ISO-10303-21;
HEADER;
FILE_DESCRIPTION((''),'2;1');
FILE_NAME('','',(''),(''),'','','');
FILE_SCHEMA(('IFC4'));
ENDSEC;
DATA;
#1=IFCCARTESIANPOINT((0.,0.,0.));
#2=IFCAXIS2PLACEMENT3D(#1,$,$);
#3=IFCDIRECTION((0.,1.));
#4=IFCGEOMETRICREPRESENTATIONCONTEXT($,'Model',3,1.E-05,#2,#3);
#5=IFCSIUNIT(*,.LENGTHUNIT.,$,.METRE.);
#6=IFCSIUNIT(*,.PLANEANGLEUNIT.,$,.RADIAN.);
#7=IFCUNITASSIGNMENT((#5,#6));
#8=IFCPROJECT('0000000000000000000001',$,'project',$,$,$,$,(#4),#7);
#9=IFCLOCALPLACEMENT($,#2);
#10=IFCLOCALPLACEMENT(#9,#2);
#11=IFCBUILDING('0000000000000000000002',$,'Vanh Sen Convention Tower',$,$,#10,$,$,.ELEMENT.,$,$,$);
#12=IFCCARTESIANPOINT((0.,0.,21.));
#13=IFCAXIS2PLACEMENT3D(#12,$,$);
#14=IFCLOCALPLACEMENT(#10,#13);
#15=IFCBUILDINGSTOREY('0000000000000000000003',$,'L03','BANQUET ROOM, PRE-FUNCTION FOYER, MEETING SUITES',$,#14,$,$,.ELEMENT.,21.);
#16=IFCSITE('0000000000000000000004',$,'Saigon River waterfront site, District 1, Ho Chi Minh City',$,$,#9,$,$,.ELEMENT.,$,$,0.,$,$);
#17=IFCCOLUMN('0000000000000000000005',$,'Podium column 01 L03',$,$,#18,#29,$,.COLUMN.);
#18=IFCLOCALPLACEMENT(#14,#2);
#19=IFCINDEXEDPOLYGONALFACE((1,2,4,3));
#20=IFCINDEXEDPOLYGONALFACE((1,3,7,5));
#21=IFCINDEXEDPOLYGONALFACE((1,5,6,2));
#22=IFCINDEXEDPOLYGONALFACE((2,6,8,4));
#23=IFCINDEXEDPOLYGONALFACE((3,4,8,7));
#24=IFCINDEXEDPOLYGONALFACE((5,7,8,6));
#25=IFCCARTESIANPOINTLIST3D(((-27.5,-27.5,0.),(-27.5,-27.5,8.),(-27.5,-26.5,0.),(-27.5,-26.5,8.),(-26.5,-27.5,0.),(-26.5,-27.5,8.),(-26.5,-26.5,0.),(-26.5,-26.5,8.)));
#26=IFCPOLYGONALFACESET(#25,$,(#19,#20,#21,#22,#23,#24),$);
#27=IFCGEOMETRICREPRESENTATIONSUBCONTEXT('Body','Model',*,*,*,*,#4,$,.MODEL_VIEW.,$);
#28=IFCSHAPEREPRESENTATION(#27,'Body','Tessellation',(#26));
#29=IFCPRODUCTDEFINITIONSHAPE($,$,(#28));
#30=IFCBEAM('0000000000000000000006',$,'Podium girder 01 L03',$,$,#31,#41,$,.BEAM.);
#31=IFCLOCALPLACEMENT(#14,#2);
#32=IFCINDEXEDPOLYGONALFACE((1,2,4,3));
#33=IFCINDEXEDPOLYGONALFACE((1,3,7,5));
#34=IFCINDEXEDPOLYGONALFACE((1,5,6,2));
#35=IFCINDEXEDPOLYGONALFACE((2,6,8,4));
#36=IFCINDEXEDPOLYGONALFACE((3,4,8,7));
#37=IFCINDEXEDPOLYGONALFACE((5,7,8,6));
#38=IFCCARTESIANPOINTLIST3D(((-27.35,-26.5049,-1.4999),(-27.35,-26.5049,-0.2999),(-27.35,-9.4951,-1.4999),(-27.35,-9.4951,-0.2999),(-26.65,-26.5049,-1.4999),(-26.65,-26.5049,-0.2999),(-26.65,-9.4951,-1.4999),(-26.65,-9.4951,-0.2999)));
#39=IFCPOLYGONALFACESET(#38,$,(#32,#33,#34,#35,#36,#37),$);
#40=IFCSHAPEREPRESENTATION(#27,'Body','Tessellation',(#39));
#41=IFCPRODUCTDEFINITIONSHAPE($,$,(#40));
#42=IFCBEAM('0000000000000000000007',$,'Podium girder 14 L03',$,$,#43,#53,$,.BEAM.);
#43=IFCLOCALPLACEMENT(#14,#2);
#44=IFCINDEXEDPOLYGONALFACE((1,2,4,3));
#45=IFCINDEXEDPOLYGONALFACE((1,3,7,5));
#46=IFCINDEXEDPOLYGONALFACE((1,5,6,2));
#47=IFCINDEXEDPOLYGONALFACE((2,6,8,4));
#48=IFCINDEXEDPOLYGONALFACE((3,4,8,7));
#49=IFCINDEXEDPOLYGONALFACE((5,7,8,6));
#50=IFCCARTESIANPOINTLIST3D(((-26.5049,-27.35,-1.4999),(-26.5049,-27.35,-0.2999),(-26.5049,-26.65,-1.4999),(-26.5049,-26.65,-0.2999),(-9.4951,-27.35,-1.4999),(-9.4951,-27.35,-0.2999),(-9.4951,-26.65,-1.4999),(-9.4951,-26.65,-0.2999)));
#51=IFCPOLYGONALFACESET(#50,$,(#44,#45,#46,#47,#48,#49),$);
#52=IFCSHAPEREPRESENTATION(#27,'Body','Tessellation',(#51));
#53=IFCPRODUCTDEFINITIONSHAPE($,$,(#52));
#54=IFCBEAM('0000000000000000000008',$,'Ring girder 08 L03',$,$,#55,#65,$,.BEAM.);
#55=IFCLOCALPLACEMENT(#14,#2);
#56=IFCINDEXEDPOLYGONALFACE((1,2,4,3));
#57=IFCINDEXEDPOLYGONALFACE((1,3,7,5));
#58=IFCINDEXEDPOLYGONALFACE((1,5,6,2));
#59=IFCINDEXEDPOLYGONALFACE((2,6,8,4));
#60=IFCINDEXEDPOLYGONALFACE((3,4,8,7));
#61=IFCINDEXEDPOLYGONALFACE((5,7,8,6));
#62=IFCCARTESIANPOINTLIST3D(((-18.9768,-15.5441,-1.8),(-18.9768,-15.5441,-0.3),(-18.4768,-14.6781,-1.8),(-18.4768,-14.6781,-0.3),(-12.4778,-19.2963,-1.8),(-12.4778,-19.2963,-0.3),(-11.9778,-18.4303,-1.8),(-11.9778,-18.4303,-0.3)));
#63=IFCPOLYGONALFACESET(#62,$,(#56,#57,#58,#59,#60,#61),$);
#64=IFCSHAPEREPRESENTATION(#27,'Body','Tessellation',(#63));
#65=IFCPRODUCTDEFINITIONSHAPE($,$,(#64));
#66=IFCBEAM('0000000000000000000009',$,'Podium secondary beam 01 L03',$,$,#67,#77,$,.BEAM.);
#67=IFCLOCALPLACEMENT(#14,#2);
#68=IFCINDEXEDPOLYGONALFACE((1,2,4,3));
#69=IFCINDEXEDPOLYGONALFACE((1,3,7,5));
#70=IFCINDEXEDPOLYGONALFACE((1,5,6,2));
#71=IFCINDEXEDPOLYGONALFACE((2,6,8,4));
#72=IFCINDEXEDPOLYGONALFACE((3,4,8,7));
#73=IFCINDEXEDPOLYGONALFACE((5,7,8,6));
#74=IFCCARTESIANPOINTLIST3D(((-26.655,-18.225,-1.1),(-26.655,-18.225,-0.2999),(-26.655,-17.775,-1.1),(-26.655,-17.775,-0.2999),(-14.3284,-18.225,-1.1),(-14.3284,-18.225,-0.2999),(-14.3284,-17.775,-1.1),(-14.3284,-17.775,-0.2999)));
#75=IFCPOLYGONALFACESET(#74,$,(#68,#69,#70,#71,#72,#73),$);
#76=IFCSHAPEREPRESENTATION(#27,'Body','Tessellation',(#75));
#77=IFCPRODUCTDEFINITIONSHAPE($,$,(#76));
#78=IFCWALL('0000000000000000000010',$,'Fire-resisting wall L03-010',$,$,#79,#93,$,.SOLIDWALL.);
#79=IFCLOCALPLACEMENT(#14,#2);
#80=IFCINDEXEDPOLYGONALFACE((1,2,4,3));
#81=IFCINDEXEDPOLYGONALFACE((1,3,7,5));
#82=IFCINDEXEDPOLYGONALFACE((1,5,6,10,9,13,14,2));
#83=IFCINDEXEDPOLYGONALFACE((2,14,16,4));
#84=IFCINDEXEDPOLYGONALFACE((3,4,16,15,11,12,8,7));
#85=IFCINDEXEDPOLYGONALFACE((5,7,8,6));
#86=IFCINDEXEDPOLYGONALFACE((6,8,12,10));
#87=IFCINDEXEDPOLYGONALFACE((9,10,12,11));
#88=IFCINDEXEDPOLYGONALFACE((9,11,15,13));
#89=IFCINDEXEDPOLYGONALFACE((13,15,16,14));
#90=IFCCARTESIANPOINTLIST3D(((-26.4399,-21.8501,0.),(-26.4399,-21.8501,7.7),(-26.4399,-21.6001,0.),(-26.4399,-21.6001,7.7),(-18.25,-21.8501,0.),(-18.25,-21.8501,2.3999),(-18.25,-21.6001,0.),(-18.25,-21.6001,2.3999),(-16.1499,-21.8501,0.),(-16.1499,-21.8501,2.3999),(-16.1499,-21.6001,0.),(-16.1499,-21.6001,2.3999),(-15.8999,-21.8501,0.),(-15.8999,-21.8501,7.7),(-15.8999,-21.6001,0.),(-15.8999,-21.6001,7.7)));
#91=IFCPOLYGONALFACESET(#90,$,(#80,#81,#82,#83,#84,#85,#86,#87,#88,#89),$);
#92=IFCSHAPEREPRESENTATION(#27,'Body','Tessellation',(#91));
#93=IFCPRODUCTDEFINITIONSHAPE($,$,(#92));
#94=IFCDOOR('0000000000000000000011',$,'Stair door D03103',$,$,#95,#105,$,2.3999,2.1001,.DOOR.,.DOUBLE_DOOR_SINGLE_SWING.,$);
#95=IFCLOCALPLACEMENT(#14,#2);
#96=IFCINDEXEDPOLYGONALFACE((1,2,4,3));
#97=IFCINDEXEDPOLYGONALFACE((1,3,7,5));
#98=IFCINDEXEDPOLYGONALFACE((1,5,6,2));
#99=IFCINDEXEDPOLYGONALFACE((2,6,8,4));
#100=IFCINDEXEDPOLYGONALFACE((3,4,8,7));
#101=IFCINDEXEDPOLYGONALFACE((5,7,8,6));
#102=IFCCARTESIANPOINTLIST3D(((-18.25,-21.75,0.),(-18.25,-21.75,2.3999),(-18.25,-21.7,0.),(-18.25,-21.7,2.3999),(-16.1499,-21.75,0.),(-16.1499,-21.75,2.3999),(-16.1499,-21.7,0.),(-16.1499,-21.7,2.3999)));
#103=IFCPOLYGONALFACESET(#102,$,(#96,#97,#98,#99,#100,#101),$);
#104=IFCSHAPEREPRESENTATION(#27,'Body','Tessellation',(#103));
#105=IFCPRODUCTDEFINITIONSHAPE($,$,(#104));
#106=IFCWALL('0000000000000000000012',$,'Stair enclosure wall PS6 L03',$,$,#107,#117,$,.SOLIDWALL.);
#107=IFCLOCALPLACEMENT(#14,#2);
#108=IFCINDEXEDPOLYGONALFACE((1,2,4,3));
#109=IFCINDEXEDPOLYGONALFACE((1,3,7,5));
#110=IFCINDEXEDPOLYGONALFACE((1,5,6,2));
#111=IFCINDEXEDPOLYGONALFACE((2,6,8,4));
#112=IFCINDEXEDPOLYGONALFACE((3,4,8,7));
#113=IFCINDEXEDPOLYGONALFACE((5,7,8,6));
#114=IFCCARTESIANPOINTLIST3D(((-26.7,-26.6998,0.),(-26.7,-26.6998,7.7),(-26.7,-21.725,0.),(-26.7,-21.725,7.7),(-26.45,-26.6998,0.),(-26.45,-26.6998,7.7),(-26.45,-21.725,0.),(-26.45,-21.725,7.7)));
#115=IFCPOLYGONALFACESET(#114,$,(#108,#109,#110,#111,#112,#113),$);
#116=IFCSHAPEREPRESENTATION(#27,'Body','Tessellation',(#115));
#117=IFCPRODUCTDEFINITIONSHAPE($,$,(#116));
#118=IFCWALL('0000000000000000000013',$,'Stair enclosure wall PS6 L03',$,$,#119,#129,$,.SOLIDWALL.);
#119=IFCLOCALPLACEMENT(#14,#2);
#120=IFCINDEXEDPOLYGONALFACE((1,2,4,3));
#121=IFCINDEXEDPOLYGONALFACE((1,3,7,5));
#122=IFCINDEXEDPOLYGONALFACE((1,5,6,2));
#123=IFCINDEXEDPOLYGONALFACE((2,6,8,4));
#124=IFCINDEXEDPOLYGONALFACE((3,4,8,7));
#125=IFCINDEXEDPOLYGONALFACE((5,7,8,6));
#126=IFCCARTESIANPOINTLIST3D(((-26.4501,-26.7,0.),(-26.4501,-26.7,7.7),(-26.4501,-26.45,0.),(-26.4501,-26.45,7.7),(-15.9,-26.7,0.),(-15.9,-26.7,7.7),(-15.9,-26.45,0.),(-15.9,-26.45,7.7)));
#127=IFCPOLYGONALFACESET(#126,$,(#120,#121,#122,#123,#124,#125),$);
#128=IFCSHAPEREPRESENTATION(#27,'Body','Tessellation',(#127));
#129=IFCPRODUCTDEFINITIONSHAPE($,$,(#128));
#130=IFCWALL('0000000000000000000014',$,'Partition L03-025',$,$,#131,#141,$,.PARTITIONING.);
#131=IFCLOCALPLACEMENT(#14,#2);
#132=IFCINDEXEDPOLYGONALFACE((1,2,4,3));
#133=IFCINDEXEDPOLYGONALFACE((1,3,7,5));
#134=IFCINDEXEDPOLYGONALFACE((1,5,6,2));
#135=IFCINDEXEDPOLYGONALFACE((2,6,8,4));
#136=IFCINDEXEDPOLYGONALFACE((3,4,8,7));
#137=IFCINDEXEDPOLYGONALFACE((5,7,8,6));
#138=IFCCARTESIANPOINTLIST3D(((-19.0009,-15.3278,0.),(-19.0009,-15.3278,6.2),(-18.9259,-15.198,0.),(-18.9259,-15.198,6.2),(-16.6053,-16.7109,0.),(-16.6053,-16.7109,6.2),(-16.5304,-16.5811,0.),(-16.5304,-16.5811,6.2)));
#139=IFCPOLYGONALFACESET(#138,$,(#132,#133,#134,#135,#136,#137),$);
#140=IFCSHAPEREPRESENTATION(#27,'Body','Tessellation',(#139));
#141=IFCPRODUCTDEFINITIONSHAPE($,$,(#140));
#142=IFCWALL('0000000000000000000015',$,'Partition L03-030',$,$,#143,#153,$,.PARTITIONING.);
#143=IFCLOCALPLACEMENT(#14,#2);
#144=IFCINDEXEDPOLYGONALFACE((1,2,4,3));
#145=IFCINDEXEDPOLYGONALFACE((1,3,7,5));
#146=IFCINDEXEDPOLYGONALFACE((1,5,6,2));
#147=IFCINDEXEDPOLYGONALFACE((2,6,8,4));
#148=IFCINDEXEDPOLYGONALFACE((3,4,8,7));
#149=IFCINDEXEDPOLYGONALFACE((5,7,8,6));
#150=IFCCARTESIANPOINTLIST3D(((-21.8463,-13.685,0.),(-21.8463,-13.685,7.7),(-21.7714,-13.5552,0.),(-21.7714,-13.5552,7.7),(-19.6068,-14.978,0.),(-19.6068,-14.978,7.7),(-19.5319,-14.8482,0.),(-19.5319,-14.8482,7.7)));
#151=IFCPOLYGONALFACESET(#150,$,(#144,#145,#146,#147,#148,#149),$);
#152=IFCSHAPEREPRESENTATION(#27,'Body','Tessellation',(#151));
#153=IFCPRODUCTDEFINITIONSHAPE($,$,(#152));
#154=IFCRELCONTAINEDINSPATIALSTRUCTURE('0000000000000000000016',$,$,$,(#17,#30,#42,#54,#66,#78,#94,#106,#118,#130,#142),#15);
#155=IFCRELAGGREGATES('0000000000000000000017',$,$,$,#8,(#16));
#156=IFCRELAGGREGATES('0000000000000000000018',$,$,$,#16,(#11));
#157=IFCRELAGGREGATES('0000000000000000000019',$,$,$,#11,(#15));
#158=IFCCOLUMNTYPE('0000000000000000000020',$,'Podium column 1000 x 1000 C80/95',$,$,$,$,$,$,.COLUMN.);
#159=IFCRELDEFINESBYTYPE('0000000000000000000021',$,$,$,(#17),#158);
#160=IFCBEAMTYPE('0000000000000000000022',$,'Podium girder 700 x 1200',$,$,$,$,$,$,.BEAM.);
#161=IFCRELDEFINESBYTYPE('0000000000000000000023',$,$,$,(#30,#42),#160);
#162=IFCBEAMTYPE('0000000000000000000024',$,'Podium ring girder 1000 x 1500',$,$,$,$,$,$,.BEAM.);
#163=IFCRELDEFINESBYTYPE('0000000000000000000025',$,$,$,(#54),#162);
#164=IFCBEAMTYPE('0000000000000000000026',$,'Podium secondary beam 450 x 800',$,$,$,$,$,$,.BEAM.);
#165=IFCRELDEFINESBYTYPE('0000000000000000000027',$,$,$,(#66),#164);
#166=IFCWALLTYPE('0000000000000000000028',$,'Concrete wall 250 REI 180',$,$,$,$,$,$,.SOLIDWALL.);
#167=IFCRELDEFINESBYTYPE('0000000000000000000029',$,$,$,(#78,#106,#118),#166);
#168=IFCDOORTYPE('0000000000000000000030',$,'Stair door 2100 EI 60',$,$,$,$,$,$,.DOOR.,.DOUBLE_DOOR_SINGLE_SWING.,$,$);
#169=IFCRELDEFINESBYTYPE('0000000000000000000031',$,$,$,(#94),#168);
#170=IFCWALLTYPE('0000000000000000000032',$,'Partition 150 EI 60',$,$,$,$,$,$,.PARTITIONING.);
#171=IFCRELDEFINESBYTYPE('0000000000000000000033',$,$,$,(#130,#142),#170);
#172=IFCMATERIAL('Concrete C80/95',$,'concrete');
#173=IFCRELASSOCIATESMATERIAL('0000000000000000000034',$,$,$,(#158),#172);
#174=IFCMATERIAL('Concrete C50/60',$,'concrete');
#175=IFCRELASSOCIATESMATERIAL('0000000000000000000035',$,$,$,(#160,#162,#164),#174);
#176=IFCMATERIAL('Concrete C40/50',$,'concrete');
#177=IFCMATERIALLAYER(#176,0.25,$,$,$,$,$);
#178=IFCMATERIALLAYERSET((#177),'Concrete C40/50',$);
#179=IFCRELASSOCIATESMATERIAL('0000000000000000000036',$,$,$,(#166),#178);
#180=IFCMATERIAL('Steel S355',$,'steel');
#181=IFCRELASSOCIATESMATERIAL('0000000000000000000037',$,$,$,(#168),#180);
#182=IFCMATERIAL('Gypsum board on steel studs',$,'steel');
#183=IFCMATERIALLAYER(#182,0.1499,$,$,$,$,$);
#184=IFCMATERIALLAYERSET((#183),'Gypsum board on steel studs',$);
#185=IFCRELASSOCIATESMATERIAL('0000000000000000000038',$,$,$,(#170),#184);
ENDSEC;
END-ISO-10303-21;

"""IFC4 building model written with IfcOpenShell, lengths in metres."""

from ifc_helpers import new_model, si_unit, direction, frame, frame_2d, origin, origin_2d, place, context, subcontext, project, spatial, rectangle, extrude, material, layer, layer_set, material_profile, profile_set, type_object, element, fill, save


model = new_model("IFC4")

# Units and contexts
model_context = context("Model", 3, precision=1e-05, world=origin(), true_north=direction((0.0, 1.0)))
body_context = subcontext(model_context, "Body", "Model", "MODEL_VIEW")
ifc_project = project(units=[si_unit("LENGTHUNIT", "METRE"), si_unit("PLANEANGLEUNIT", "RADIAN")], contexts=[model_context])

# Site, building, storey
site_placement = place(None, origin())
site = spatial("IfcSite", under=ifc_project, at=site_placement, Name="Saigon River waterfront site, District 1, Ho Chi Minh City", CompositionType="ELEMENT", RefElevation=0.0)
building_placement = place(site_placement, origin())
building = spatial("IfcBuilding", under=site, at=building_placement, Name="Vanh Sen Convention Tower", CompositionType="ELEMENT")
storey_placement = place(building_placement, frame((0.0, 0.0, 21.0)))
storey = spatial("IfcBuildingStorey", under=building, at=storey_placement, Name="L03", Description="BANQUET ROOM, PRE-FUNCTION FOYER, MEETING SUITES", CompositionType="ELEMENT", Elevation=21.0)

# Column
ifc_material_1 = material(Name="Concrete C80/95", Category="concrete")
ifc_material_profile_1 = material_profile(ifc_material_1, rectangle(XDim=1.0, YDim=1.0, at=origin_2d()), Name="RC 1000X1000")
ifc_profile_set_1 = profile_set([ifc_material_profile_1], Name="Concrete C80/95")
column_type = type_object("IfcColumnType", Name="Podium column 1000 x 1000 C80/95", PredefinedType="COLUMN", material=ifc_profile_set_1)
column_placement = place(storey_placement, frame((-27.0, -27.0, 0.0), z_axis=(0.0, 0.0, 1.0), x_axis=(1.0, 0.0, 0.0)))
element("IfcColumn", 1, at=column_placement, inside=storey, type_object=column_type, Name="Podium column 01 L03", PredefinedType="COLUMN", context=body_context, shape_type="SweptSolid", body=[
    extrude(rectangle(XDim=1.0, YDim=1.0, at=origin_2d()), origin(), (0.0, 0.0, 1.0), 8.0),
])

# Beams
ifc_material_2 = material(Name="Concrete C50/60", Category="concrete")
ifc_material_profile_2 = material_profile(ifc_material_2, rectangle(XDim=0.7, YDim=1.2, at=origin_2d()), Name="RC 700X1200")
ifc_profile_set_2 = profile_set([ifc_material_profile_2], Name="Concrete C50/60")
beam_type_1 = type_object("IfcBeamType", Name="Podium girder 700 x 1200", PredefinedType="BEAM", material=ifc_profile_set_2)
for number, where, z_axis, x_axis, name in (
    (2, (-27.0, -26.5049, -0.8999), (0.0, 1.0, 0.0), (-1.0, 0.0, 0.0), "Podium girder 01 L03"),
    (3, (-26.5049, -27.0, -0.8999), (1.0, 0.0, 0.0), (0.0, 1.0, 0.0), "Podium girder 14 L03"),
):
    element("IfcBeam", number, at=place(storey_placement, frame(where, z_axis=z_axis, x_axis=x_axis)), inside=storey, type_object=beam_type_1, Name=name, PredefinedType="BEAM", context=body_context, shape_type="SweptSolid", body=[
        extrude(rectangle(XDim=0.7, YDim=1.2, at=origin_2d()), origin(), (0.0, 0.0, 1.0), 17.0098),
    ])
ifc_material_profile_3 = material_profile(ifc_material_2, rectangle(XDim=1.0, YDim=1.5, at=origin_2d()), Name="RC 1000X1500")
ifc_profile_set_3 = profile_set([ifc_material_profile_3], Name="Concrete C50/60")
beam_type_2 = type_object("IfcBeamType", Name="Podium ring girder 1000 x 1500", PredefinedType="BEAM", material=ifc_profile_set_3)
beam_1_placement = place(storey_placement, frame((-18.7268, -15.1111, -1.05), z_axis=(0.866026, -0.499998, 0.0), x_axis=(0.499998, 0.866026, 0.0)))
element("IfcBeam", 4, at=beam_1_placement, inside=storey, type_object=beam_type_2, Name="Ring girder 08 L03", PredefinedType="BEAM", context=body_context, shape_type="SweptSolid", body=[
    extrude(rectangle(XDim=1.0, YDim=1.5, at=origin_2d()), origin(), (0.0, 0.0, 1.0), 7.5044),
])
ifc_material_profile_4 = material_profile(ifc_material_2, rectangle(XDim=0.45, YDim=0.8, at=origin_2d()), Name="RC 450X800")
ifc_profile_set_4 = profile_set([ifc_material_profile_4], Name="Concrete C50/60")
beam_type_3 = type_object("IfcBeamType", Name="Podium secondary beam 450 x 800", PredefinedType="BEAM", material=ifc_profile_set_4)
beam_2_placement = place(storey_placement, frame((-26.655, -18.0, -0.7), z_axis=(1.0, 0.0, 0.0), x_axis=(0.0, 1.0, 0.0)))
element("IfcBeam", 5, at=beam_2_placement, inside=storey, type_object=beam_type_3, Name="Podium secondary beam 01 L03", PredefinedType="BEAM", context=body_context, shape_type="SweptSolid", body=[
    extrude(rectangle(XDim=0.45, YDim=0.8, at=origin_2d()), origin(), (0.0, 0.0, 1.0), 12.3267),
])

# Wall, opening, door
ifc_material_3 = material(Name="Concrete C40/50", Category="concrete")
ifc_layer_1 = layer(ifc_material_3, 0.25)
ifc_layer_set_1 = layer_set([ifc_layer_1], Name="Concrete C40/50")
wall_type_1 = type_object("IfcWallType", Name="Concrete wall 250 REI 180", PredefinedType="SOLIDWALL", material=ifc_layer_set_1)
wall_1_placement = place(storey_placement, frame((-26.4399, -21.7251, 0.0), z_axis=(0.0, 0.0, 1.0), x_axis=(1.0, 0.0, 0.0)))
wall_1 = element("IfcWall", 6, at=wall_1_placement, inside=storey, type_object=wall_type_1, Name="Fire-resisting wall L03-010", PredefinedType="SOLIDWALL", context=body_context, shape_type="SweptSolid", body=[
    extrude(rectangle(XDim=10.54, YDim=0.25, at=frame_2d((5.27, 0.0))), origin(), (0.0, 0.0, 1.0), 7.7),
])
opening_1_placement = place(wall_1_placement, frame((8.1899, 0.0, 0.0)))
opening_1 = element("IfcOpeningElement", 7, at=opening_1_placement, cuts=wall_1, PredefinedType="OPENING", context=body_context, shape_type="SweptSolid", body=[
    extrude(rectangle(XDim=2.1001, YDim=2.3999, at=frame_2d((1.05, 1.2))), frame((0.0, 0.135, 0.0), z_axis=(0.0, -1.0, 0.0), x_axis=(1.0, 0.0, 0.0)), (0.0, 0.0, 1.0), 0.27),
])
ifc_material_4 = material(Name="Steel S355", Category="steel")
door_type = type_object("IfcDoorType", Name="Stair door 2100 EI 60", OperationType="DOUBLE_DOOR_SINGLE_SWING", PredefinedType="DOOR", material=ifc_material_4)
door_placement = place(opening_1_placement, frame((2.1001, 0.0, 0.0), z_axis=(0.0, 0.0, 1.0), x_axis=(-1.0, 0.0, 0.0)))
door = element("IfcDoor", 8, at=door_placement, inside=storey, type_object=door_type, Name="Stair door D03103", OperationType="DOUBLE_DOOR_SINGLE_SWING", OverallHeight=2.3999, OverallWidth=2.1001, PredefinedType="DOOR", context=body_context, shape_type="SweptSolid", body=[
    extrude(rectangle(XDim=2.1001, YDim=2.3999, at=frame_2d((1.05, 1.2))), frame((0.0, 0.0249, 0.0), z_axis=(0.0, -1.0, 0.0), x_axis=(1.0, 0.0, 0.0)), (0.0, 0.0, 1.0), 0.05),
])
fill(opening_1, door)

# Walls
wall_2_placement = place(storey_placement, frame((-26.575, -21.7251, 0.0), z_axis=(0.0, 0.0, 1.0), x_axis=(0.0, -1.0, 0.0)))
element("IfcWall", 9, at=wall_2_placement, inside=storey, type_object=wall_type_1, Name="Stair enclosure wall PS6 L03", PredefinedType="SOLIDWALL", context=body_context, shape_type="SweptSolid", body=[
    extrude(rectangle(XDim=4.9749, YDim=0.25, at=frame_2d((2.4873, 0.0))), origin(), (0.0, 0.0, 1.0), 7.7),
])
wall_3_placement = place(storey_placement, frame((-26.45, -26.575, 0.0), z_axis=(0.0, 0.0, 1.0), x_axis=(1.0, 0.0, 0.0)))
element("IfcWall", 10, at=wall_3_placement, inside=storey, type_object=wall_type_1, Name="Stair enclosure wall PS6 L03", PredefinedType="SOLIDWALL", context=body_context, shape_type="SweptSolid", body=[
    extrude(rectangle(XDim=10.55, YDim=0.25, at=frame_2d((5.2749, 0.0))), origin(), (0.0, 0.0, 1.0), 7.7),
])
ifc_material_5 = material(Name="Gypsum board on steel studs", Category="steel")
ifc_layer_2 = layer(ifc_material_5, 0.1499)
ifc_layer_set_2 = layer_set([ifc_layer_2], Name="Gypsum board on steel studs")
wall_type_2 = type_object("IfcWallType", Name="Partition 150 EI 60", PredefinedType="PARTITIONING", material=ifc_layer_set_2)
wall_4_placement = place(storey_placement, frame((-16.5679, -16.646, 0.0), z_axis=(0.0, 0.0, 1.0), x_axis=(-0.866024, 0.500003, 0.0)))
element("IfcWall", 11, at=wall_4_placement, inside=storey, type_object=wall_type_2, Name="Partition L03-025", PredefinedType="PARTITIONING", context=body_context, shape_type="SweptSolid", body=[
    extrude(rectangle(XDim=2.7661, YDim=0.1499, at=frame_2d((1.3831, 0.0))), origin(), (0.0, 0.0, 1.0), 6.2),
])
wall_5_placement = place(storey_placement, frame((-19.5693, -14.9131, 0.0), z_axis=(0.0, 0.0, 1.0), x_axis=(-0.866027, 0.499998, 0.0)))
element("IfcWall", 12, at=wall_5_placement, inside=storey, type_object=wall_type_2, Name="Partition L03-030", PredefinedType="PARTITIONING", context=body_context, shape_type="SweptSolid", body=[
    extrude(rectangle(XDim=2.5859, YDim=0.1499, at=frame_2d((1.293, 0.0))), origin(), (0.0, 0.0, 1.0), 7.7),
])

save(model, "model.ifc")
